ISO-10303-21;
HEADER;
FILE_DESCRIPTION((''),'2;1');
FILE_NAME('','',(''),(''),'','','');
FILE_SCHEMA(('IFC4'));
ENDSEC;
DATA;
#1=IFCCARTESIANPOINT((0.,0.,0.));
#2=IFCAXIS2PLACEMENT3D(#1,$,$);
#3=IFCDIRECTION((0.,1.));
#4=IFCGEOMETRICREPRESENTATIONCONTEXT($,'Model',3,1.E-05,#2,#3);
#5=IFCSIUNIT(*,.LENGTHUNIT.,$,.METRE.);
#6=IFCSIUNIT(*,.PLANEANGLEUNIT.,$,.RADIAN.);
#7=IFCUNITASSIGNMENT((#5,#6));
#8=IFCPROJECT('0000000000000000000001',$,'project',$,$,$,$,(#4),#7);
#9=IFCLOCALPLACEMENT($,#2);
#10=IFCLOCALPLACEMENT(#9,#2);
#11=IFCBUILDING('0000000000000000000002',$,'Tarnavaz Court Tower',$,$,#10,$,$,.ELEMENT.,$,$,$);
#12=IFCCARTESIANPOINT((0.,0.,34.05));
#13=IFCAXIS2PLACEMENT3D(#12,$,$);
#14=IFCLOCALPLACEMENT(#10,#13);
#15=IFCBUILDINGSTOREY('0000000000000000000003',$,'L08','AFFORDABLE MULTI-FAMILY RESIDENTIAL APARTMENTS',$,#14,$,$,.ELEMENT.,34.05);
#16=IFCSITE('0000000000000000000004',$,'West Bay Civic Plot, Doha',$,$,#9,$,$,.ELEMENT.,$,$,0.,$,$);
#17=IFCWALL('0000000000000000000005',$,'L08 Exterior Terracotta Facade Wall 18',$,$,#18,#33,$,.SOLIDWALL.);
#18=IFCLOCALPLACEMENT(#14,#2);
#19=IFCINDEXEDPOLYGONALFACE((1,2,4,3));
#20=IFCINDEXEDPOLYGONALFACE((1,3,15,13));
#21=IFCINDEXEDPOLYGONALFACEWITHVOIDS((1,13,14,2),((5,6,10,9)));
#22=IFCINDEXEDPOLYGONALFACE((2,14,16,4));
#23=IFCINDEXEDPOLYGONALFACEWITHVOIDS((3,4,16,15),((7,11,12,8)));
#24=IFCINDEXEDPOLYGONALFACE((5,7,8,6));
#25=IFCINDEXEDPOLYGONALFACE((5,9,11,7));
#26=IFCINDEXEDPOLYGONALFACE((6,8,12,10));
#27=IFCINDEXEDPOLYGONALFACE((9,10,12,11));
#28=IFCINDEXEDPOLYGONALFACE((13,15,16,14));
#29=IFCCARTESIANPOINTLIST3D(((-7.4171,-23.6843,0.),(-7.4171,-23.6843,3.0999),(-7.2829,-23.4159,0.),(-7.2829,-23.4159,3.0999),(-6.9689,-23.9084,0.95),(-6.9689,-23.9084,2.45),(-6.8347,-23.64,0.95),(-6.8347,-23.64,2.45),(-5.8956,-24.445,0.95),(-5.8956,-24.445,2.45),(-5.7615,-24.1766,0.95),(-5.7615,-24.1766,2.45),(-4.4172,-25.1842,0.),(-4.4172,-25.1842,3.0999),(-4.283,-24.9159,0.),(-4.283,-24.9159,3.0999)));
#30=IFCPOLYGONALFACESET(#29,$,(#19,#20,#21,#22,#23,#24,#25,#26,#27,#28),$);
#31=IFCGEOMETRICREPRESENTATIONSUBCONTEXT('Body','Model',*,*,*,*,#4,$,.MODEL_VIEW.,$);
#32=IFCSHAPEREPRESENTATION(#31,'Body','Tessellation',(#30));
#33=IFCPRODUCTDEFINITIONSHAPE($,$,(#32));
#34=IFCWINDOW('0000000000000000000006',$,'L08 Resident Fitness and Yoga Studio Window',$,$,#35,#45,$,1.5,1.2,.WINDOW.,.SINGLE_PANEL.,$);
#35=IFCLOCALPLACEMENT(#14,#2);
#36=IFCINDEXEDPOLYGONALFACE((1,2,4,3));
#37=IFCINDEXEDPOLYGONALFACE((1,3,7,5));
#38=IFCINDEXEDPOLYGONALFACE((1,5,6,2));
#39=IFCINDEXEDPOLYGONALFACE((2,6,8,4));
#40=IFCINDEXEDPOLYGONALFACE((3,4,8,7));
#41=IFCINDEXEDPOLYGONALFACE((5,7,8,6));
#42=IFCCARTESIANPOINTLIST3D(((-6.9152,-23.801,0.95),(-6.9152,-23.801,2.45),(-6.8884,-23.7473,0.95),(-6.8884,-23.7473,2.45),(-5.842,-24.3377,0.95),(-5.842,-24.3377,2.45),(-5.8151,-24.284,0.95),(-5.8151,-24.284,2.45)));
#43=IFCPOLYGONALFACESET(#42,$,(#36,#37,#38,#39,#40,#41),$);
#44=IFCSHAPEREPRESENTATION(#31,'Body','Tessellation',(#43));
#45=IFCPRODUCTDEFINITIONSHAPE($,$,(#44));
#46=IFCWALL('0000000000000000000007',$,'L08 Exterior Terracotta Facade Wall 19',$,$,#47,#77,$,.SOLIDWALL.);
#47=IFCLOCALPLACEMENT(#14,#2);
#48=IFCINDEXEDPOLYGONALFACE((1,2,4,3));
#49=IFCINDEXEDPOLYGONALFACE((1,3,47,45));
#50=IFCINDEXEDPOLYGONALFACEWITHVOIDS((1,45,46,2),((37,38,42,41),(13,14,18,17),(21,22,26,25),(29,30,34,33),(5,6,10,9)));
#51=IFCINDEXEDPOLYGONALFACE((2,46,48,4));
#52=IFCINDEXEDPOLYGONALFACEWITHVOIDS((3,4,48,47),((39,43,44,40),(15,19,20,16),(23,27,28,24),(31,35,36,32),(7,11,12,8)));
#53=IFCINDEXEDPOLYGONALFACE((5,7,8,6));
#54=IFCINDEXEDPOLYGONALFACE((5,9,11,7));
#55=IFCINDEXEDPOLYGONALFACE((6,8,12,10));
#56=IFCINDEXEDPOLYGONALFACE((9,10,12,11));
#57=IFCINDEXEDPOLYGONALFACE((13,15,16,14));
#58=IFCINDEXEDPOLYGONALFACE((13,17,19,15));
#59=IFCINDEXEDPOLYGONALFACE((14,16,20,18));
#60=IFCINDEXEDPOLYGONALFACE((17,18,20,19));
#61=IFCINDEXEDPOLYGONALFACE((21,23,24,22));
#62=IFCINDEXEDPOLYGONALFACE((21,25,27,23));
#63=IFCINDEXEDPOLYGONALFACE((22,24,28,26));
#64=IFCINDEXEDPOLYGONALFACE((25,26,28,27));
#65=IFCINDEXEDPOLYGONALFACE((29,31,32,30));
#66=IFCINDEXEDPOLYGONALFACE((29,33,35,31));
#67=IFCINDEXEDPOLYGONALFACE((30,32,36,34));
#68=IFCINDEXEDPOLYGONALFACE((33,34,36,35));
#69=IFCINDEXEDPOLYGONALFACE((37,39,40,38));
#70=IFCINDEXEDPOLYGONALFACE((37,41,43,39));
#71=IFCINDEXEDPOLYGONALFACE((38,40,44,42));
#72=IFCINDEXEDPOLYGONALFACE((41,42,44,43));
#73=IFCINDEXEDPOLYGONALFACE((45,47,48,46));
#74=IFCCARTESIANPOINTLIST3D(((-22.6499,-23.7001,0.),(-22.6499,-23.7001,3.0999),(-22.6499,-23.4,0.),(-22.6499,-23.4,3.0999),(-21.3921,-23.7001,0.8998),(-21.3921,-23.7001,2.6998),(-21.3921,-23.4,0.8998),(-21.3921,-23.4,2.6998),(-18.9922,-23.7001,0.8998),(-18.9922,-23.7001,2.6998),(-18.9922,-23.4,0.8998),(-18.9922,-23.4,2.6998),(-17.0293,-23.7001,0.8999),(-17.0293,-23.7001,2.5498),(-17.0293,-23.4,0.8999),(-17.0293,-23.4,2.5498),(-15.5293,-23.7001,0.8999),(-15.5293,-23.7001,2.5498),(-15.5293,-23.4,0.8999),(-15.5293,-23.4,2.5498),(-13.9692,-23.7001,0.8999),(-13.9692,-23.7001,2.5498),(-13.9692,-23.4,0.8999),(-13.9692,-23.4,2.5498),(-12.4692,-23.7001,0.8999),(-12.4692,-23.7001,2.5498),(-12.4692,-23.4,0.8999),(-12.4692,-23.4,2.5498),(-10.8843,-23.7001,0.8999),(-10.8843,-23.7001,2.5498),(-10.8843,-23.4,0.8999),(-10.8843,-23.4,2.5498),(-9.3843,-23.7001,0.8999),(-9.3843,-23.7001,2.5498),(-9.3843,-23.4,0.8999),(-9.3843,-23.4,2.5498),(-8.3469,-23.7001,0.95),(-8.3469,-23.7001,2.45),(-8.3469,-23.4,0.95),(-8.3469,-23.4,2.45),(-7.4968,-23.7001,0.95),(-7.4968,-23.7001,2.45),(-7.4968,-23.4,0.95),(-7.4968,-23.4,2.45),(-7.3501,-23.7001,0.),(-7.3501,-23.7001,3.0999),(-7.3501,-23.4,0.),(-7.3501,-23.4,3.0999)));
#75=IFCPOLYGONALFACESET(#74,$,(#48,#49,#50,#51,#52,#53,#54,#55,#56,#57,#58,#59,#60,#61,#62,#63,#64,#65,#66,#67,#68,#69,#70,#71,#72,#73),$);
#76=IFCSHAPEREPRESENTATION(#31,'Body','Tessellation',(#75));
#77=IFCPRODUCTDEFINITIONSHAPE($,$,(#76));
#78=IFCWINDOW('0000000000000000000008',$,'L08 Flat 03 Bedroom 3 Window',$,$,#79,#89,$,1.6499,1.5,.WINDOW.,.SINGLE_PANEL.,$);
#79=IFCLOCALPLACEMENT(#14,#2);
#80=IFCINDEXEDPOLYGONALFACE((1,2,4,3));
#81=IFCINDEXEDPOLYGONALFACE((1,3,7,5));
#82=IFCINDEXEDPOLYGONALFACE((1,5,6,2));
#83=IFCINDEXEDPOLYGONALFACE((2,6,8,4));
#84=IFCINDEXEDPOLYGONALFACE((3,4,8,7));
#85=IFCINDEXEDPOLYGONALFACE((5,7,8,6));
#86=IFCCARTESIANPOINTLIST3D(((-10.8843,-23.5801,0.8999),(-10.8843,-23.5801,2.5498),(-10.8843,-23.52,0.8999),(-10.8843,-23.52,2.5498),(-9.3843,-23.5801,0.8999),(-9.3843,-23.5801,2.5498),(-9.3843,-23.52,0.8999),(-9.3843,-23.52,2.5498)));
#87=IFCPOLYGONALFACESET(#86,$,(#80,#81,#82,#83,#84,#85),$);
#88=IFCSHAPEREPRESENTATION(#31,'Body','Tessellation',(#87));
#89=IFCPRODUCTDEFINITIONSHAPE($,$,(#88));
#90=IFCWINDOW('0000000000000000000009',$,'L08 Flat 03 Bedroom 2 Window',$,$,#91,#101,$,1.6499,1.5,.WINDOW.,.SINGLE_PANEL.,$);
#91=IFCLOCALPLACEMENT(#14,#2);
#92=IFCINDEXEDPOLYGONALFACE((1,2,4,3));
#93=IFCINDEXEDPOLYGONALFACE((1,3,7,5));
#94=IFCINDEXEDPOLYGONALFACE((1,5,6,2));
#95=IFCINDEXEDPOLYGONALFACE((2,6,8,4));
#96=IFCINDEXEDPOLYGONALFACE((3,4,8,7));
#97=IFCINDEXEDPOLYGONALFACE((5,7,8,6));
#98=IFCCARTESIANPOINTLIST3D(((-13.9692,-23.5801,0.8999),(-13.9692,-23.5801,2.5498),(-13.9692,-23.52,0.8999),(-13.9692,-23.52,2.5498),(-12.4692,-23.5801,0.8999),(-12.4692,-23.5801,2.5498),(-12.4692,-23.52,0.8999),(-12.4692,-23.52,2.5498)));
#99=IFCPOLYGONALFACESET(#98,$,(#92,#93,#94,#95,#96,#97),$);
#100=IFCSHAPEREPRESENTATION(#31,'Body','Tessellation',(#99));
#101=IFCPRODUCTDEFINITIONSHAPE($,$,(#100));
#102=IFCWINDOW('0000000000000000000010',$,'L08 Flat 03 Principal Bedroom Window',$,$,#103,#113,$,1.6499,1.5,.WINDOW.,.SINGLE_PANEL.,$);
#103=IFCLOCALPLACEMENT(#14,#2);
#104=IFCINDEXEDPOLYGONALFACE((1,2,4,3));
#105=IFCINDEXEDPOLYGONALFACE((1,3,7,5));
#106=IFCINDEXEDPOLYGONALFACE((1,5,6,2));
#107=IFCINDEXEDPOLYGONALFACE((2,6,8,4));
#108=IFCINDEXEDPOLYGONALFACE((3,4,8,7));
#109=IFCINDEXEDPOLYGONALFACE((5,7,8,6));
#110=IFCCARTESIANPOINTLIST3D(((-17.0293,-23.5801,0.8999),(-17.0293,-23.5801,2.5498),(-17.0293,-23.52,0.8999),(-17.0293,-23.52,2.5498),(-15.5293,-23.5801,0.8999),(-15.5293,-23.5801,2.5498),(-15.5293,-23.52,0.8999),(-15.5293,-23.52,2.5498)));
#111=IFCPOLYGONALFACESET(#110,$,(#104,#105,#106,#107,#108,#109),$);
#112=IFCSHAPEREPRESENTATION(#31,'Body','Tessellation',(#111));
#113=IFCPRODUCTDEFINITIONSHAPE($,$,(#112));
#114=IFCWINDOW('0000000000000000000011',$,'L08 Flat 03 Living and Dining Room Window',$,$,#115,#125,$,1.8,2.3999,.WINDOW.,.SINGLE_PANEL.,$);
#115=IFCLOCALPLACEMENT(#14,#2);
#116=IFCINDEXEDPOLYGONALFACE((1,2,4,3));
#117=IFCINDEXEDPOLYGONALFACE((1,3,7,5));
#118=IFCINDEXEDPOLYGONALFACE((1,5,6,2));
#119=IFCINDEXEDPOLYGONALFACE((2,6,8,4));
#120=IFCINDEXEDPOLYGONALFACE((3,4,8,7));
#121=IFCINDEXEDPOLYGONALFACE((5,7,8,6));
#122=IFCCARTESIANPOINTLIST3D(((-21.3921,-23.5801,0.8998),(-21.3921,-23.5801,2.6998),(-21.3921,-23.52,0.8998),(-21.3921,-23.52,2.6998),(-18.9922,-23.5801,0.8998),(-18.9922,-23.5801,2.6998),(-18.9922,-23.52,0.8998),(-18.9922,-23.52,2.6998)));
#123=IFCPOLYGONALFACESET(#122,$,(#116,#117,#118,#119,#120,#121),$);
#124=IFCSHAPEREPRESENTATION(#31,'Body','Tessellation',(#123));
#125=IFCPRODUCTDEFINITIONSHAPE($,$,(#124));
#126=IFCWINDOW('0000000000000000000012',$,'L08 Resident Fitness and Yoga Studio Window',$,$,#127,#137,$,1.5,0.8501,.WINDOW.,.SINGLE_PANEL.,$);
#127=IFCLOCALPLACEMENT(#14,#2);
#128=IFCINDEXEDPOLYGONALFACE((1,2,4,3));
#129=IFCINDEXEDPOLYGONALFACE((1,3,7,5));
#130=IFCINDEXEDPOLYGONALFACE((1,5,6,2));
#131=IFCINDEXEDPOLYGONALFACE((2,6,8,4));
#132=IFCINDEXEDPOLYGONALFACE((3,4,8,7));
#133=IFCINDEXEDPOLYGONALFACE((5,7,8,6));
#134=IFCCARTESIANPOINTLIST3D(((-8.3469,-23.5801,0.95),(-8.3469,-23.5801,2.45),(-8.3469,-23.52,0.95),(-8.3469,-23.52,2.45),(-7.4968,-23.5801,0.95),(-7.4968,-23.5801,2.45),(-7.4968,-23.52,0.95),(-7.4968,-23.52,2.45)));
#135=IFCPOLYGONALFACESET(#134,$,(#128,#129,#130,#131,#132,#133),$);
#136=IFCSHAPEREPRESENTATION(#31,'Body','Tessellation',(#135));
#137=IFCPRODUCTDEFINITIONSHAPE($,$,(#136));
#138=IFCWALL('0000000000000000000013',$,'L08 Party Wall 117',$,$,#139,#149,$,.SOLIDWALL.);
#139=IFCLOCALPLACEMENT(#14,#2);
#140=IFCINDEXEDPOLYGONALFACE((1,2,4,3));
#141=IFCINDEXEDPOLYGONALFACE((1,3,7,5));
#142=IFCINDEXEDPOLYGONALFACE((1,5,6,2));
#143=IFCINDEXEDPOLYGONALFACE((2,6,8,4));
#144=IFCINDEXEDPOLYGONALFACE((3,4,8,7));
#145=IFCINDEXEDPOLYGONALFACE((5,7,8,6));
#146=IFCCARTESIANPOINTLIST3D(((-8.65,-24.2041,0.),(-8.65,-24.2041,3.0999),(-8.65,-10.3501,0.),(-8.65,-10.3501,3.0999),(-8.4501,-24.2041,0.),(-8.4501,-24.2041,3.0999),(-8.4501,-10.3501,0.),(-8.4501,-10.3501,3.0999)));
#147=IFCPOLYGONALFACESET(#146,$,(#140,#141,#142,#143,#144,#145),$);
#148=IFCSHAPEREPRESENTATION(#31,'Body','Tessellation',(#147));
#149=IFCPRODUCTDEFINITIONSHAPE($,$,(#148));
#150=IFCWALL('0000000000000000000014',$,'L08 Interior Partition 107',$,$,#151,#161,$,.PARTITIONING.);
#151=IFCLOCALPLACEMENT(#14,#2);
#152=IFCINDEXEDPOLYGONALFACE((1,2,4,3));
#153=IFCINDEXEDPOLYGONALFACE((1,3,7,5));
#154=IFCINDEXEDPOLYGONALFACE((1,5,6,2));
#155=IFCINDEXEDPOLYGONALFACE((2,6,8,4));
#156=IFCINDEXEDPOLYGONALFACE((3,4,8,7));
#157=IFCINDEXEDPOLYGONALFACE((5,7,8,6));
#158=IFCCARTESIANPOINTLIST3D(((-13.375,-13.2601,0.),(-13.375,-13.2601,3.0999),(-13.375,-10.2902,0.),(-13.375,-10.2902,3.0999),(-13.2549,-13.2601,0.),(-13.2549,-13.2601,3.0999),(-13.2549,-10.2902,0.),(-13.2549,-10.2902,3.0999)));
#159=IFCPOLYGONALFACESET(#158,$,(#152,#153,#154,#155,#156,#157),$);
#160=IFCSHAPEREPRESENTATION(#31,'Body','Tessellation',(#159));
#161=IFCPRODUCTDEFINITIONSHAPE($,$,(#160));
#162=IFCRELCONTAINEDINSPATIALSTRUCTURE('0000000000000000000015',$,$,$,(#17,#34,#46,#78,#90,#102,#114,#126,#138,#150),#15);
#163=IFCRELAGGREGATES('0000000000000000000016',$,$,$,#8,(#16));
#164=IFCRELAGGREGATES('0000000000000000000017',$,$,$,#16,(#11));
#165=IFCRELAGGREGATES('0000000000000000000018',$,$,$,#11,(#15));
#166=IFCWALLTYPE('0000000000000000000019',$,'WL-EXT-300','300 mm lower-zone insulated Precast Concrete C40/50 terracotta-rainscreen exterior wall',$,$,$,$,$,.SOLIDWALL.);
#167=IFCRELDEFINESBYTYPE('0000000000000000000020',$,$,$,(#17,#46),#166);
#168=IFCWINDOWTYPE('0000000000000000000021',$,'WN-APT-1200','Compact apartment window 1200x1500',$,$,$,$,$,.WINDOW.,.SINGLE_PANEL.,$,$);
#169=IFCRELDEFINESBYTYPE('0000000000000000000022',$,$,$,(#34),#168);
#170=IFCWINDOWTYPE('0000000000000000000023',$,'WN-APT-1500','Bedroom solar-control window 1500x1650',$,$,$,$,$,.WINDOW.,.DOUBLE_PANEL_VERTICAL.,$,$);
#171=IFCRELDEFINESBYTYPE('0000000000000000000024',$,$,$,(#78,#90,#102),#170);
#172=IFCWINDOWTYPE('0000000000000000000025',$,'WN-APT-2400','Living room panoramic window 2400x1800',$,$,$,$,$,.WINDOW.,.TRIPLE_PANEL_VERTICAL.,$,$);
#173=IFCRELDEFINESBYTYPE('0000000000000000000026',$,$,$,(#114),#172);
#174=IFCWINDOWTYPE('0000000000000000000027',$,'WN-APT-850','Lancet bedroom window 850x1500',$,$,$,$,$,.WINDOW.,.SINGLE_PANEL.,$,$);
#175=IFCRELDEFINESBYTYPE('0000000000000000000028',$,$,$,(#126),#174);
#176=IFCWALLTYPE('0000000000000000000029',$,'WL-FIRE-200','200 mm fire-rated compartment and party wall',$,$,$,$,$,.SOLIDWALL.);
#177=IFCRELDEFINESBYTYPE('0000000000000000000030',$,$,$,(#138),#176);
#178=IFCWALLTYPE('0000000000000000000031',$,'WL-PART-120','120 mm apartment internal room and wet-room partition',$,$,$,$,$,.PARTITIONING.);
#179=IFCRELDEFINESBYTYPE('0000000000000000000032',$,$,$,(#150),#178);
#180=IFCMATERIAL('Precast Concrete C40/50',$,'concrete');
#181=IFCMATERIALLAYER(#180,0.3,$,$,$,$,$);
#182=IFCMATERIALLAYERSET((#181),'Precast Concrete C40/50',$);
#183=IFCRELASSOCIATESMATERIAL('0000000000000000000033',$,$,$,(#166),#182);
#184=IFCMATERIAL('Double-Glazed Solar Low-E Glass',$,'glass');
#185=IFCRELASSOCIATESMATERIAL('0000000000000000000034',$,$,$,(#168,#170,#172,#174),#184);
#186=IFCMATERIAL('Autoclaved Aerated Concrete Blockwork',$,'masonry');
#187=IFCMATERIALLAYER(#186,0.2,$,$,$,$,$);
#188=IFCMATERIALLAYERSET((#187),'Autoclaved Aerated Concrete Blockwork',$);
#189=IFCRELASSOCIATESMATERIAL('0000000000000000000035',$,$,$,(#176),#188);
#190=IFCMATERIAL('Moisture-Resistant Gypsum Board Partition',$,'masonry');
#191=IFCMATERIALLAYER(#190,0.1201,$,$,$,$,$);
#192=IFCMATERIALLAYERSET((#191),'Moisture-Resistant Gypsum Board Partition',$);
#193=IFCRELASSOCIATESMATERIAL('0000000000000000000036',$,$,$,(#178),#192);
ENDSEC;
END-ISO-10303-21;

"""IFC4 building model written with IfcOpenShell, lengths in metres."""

from ifc_helpers import new_model, si_unit, direction, frame, frame_2d, origin, place, context, subcontext, project, spatial, rectangle, extrude, material, layer, layer_set, type_object, element, fill, save


model = new_model("IFC4")

# Units and contexts
model_context = context("Model", 3, precision=1e-05, world=origin(), true_north=direction((0.0, 1.0)))
body_context = subcontext(model_context, "Body", "Model", "MODEL_VIEW")
ifc_project = project(units=[si_unit("LENGTHUNIT", "METRE"), si_unit("PLANEANGLEUNIT", "RADIAN")], contexts=[model_context])

# Site, building, storey
site_placement = place(None, origin())
site = spatial("IfcSite", under=ifc_project, at=site_placement, Name="West Bay Civic Plot, Doha", CompositionType="ELEMENT", RefElevation=0.0)
building_placement = place(site_placement, origin())
building = spatial("IfcBuilding", under=site, at=building_placement, Name="Tarnavaz Court Tower", CompositionType="ELEMENT")
storey_placement = place(building_placement, frame((0.0, 0.0, 34.05)))
storey = spatial("IfcBuildingStorey", under=building, at=storey_placement, Name="L08", Description="AFFORDABLE MULTI-FAMILY RESIDENTIAL APARTMENTS", CompositionType="ELEMENT", Elevation=34.05)

# Shared definitions
ifc_material_1 = material(Name="Double-Glazed Solar Low-E Glass", Category="glass")

# Wall, opening, window
ifc_material_2 = material(Name="Precast Concrete C40/50", Category="concrete")
ifc_layer_1 = layer(ifc_material_2, 0.3)
ifc_layer_set_1 = layer_set([ifc_layer_1], Name="Precast Concrete C40/50")
wall_type_1 = type_object("IfcWallType", Name="WL-EXT-300", Description="300 mm lower-zone insulated Precast Concrete C40/50 terracotta-rainscreen exterior wall", PredefinedType="SOLIDWALL", material=ifc_layer_set_1)
wall_1_placement = place(storey_placement, frame((-4.3501, -25.05, 0.0), z_axis=(0.0, 0.0, 1.0), x_axis=(-0.894427, 0.447214, 0.0)))
wall_1 = element("IfcWall", 1, at=wall_1_placement, inside=storey, type_object=wall_type_1, Name="L08 Exterior Terracotta Facade Wall 18", PredefinedType="SOLIDWALL", context=body_context, shape_type="SweptSolid", body=[
    extrude(rectangle(XDim=3.354, YDim=0.3, at=frame_2d((1.677, 0.0))), origin(), (0.0, 0.0, 1.0), 3.0999),
])
opening_1_placement = place(wall_1_placement, frame((1.6528, 0.0, 0.95)))
opening_1 = element("IfcOpeningElement", 2, at=opening_1_placement, cuts=wall_1, PredefinedType="OPENING", context=body_context, shape_type="SweptSolid", body=[
    extrude(rectangle(XDim=1.2, YDim=1.5, at=frame_2d((0.6001, 0.75))), frame((0.0, 0.1599, 0.0), z_axis=(0.0, -1.0, 0.0), x_axis=(1.0, 0.0, 0.0)), (0.0, 0.0, 1.0), 0.3201),
])
window_type_1 = type_object("IfcWindowType", Name="WN-APT-1200", Description="Compact apartment window 1200x1500", PartitioningType="SINGLE_PANEL", PredefinedType="WINDOW", material=ifc_material_1)
window_1_placement = place(opening_1_placement, origin())
window_1 = element("IfcWindow", 3, at=window_1_placement, inside=storey, type_object=window_type_1, Name="L08 Resident Fitness and Yoga Studio Window", OverallHeight=1.5, OverallWidth=1.2, PartitioningType="SINGLE_PANEL", PredefinedType="WINDOW", context=body_context, shape_type="SweptSolid", body=[
    extrude(rectangle(XDim=1.2, YDim=1.5, at=frame_2d((0.6001, 0.75))), frame((0.0, 0.03, 0.0), z_axis=(0.0, -1.0, 0.0), x_axis=(1.0, 0.0, 0.0)), (0.0, 0.0, 1.0), 0.0601),
])
fill(opening_1, window_1)

# Wall, openings, windows
wall_2_placement = place(storey_placement, frame((-7.3501, -23.55, 0.0), z_axis=(0.0, 0.0, 1.0), x_axis=(-1.0, 0.0, 0.0)))
wall_2 = element("IfcWall", 4, at=wall_2_placement, inside=storey, type_object=wall_type_1, Name="L08 Exterior Terracotta Facade Wall 19", PredefinedType="SOLIDWALL", context=body_context, shape_type="SweptSolid", body=[
    extrude(rectangle(XDim=15.2998, YDim=0.3, at=frame_2d((7.6499, 0.0))), origin(), (0.0, 0.0, 1.0), 3.0999),
])
opening_2_placement = place(wall_2_placement, frame((0.1467, 0.0, 0.95)))
opening_2 = element("IfcOpeningElement", 5, at=opening_2_placement, cuts=wall_2, PredefinedType="OPENING", context=body_context, shape_type="SweptSolid", body=[
    extrude(rectangle(XDim=0.8501, YDim=1.5, at=frame_2d((0.425, 0.75))), frame((0.0, 0.1599, 0.0), z_axis=(0.0, -1.0, 0.0), x_axis=(1.0, 0.0, 0.0)), (0.0, 0.0, 1.0), 0.3201),
])
opening_3_placement = place(wall_2_placement, frame((2.0342, 0.0, 0.8999)))
opening_3 = element("IfcOpeningElement", 6, at=opening_3_placement, cuts=wall_2, PredefinedType="OPENING", context=body_context, shape_type="SweptSolid", body=[
    extrude(rectangle(XDim=1.5, YDim=1.6499, at=frame_2d((0.75, 0.825))), frame((0.0, 0.1599, 0.0), z_axis=(0.0, -1.0, 0.0), x_axis=(1.0, 0.0, 0.0)), (0.0, 0.0, 1.0), 0.3201),
])
opening_4_placement = place(wall_2_placement, frame((5.1191, 0.0, 0.8999)))
opening_4 = element("IfcOpeningElement", 7, at=opening_4_placement, cuts=wall_2, PredefinedType="OPENING", context=body_context, shape_type="SweptSolid", body=[
    extrude(rectangle(XDim=1.5, YDim=1.6499, at=frame_2d((0.75, 0.825))), frame((0.0, 0.1599, 0.0), z_axis=(0.0, -1.0, 0.0), x_axis=(1.0, 0.0, 0.0)), (0.0, 0.0, 1.0), 0.3201),
])
opening_5_placement = place(wall_2_placement, frame((8.1792, 0.0, 0.8999)))
opening_5 = element("IfcOpeningElement", 8, at=opening_5_placement, cuts=wall_2, PredefinedType="OPENING", context=body_context, shape_type="SweptSolid", body=[
    extrude(rectangle(XDim=1.5, YDim=1.6499, at=frame_2d((0.75, 0.825))), frame((0.0, 0.1599, 0.0), z_axis=(0.0, -1.0, 0.0), x_axis=(1.0, 0.0, 0.0)), (0.0, 0.0, 1.0), 0.3201),
])
opening_6_placement = place(wall_2_placement, frame((11.6421, 0.0, 0.8999)))
opening_6 = element("IfcOpeningElement", 9, at=opening_6_placement, cuts=wall_2, PredefinedType="OPENING", context=body_context, shape_type="SweptSolid", body=[
    extrude(rectangle(XDim=2.3999, YDim=1.8, at=frame_2d((1.2, 0.8999))), frame((0.0, 0.1599, 0.0), z_axis=(0.0, -1.0, 0.0), x_axis=(1.0, 0.0, 0.0)), (0.0, 0.0, 1.0), 0.3201),
])
window_type_2 = type_object("IfcWindowType", Name="WN-APT-1500", Description="Bedroom solar-control window 1500x1650", PartitioningType="DOUBLE_PANEL_VERTICAL", PredefinedType="WINDOW", material=ifc_material_1)
window_2_placement = place(opening_3_placement, origin())
window_2 = element("IfcWindow", 10, at=window_2_placement, inside=storey, type_object=window_type_2, Name="L08 Flat 03 Bedroom 3 Window", OverallHeight=1.6499, OverallWidth=1.5, PartitioningType="SINGLE_PANEL", PredefinedType="WINDOW", context=body_context, shape_type="SweptSolid", body=[
    extrude(rectangle(XDim=1.5, YDim=1.6499, at=frame_2d((0.75, 0.825))), frame((0.0, 0.03, 0.0), z_axis=(0.0, -1.0, 0.0), x_axis=(1.0, 0.0, 0.0)), (0.0, 0.0, 1.0), 0.0601),
])
fill(opening_3, window_2)
window_3_placement = place(opening_4_placement, origin())
window_3 = element("IfcWindow", 11, at=window_3_placement, inside=storey, type_object=window_type_2, Name="L08 Flat 03 Bedroom 2 Window", OverallHeight=1.6499, OverallWidth=1.5, PartitioningType="SINGLE_PANEL", PredefinedType="WINDOW", context=body_context, shape_type="SweptSolid", body=[
    extrude(rectangle(XDim=1.5, YDim=1.6499, at=frame_2d((0.75, 0.825))), frame((0.0, 0.03, 0.0), z_axis=(0.0, -1.0, 0.0), x_axis=(1.0, 0.0, 0.0)), (0.0, 0.0, 1.0), 0.0601),
])
fill(opening_4, window_3)
window_4_placement = place(opening_5_placement, origin())
window_4 = element("IfcWindow", 12, at=window_4_placement, inside=storey, type_object=window_type_2, Name="L08 Flat 03 Principal Bedroom Window", OverallHeight=1.6499, OverallWidth=1.5, PartitioningType="SINGLE_PANEL", PredefinedType="WINDOW", context=body_context, shape_type="SweptSolid", body=[
    extrude(rectangle(XDim=1.5, YDim=1.6499, at=frame_2d((0.75, 0.825))), frame((0.0, 0.03, 0.0), z_axis=(0.0, -1.0, 0.0), x_axis=(1.0, 0.0, 0.0)), (0.0, 0.0, 1.0), 0.0601),
])
fill(opening_5, window_4)
window_type_3 = type_object("IfcWindowType", Name="WN-APT-2400", Description="Living room panoramic window 2400x1800", PartitioningType="TRIPLE_PANEL_VERTICAL", PredefinedType="WINDOW", material=ifc_material_1)
window_5_placement = place(opening_6_placement, origin())
window_5 = element("IfcWindow", 13, at=window_5_placement, inside=storey, type_object=window_type_3, Name="L08 Flat 03 Living and Dining Room Window", OverallHeight=1.8, OverallWidth=2.3999, PartitioningType="SINGLE_PANEL", PredefinedType="WINDOW", context=body_context, shape_type="SweptSolid", body=[
    extrude(rectangle(XDim=2.3999, YDim=1.8, at=frame_2d((1.2, 0.8999))), frame((0.0, 0.03, 0.0), z_axis=(0.0, -1.0, 0.0), x_axis=(1.0, 0.0, 0.0)), (0.0, 0.0, 1.0), 0.0601),
])
fill(opening_6, window_5)
window_type_4 = type_object("IfcWindowType", Name="WN-APT-850", Description="Lancet bedroom window 850x1500", PartitioningType="SINGLE_PANEL", PredefinedType="WINDOW", material=ifc_material_1)
window_6_placement = place(opening_2_placement, origin())
window_6 = element("IfcWindow", 14, at=window_6_placement, inside=storey, type_object=window_type_4, Name="L08 Resident Fitness and Yoga Studio Window", OverallHeight=1.5, OverallWidth=0.8501, PartitioningType="SINGLE_PANEL", PredefinedType="WINDOW", context=body_context, shape_type="SweptSolid", body=[
    extrude(rectangle(XDim=0.8501, YDim=1.5, at=frame_2d((0.425, 0.75))), frame((0.0, 0.03, 0.0), z_axis=(0.0, -1.0, 0.0), x_axis=(1.0, 0.0, 0.0)), (0.0, 0.0, 1.0), 0.0601),
])
fill(opening_2, window_6)

# Walls
ifc_material_3 = material(Name="Autoclaved Aerated Concrete Blockwork", Category="masonry")
ifc_layer_2 = layer(ifc_material_3, 0.2)
ifc_layer_set_2 = layer_set([ifc_layer_2], Name="Autoclaved Aerated Concrete Blockwork")
wall_type_2 = type_object("IfcWallType", Name="WL-FIRE-200", Description="200 mm fire-rated compartment and party wall", PredefinedType="SOLIDWALL", material=ifc_layer_set_2)
wall_3_placement = place(storey_placement, frame((-8.55, -24.2041, 0.0), z_axis=(0.0, 0.0, 1.0), x_axis=(0.0, 1.0, 0.0)))
element("IfcWall", 15, at=wall_3_placement, inside=storey, type_object=wall_type_2, Name="L08 Party Wall 117", PredefinedType="SOLIDWALL", context=body_context, shape_type="SweptSolid", body=[
    extrude(rectangle(XDim=13.854, YDim=0.2, at=frame_2d((6.927, 0.0))), origin(), (0.0, 0.0, 1.0), 3.0999),
])
ifc_material_4 = material(Name="Moisture-Resistant Gypsum Board Partition", Category="masonry")
ifc_layer_3 = layer(ifc_material_4, 0.1201)
ifc_layer_set_3 = layer_set([ifc_layer_3], Name="Moisture-Resistant Gypsum Board Partition")
wall_type_3 = type_object("IfcWallType", Name="WL-PART-120", Description="120 mm apartment internal room and wet-room partition", PredefinedType="PARTITIONING", material=ifc_layer_set_3)
wall_4_placement = place(storey_placement, frame((-13.3149, -13.26, 0.0), z_axis=(0.0, 0.0, 1.0), x_axis=(0.0, 1.0, 0.0)))
element("IfcWall", 16, at=wall_4_placement, inside=storey, type_object=wall_type_3, Name="L08 Interior Partition 107", PredefinedType="PARTITIONING", context=body_context, shape_type="SweptSolid", body=[
    extrude(rectangle(XDim=2.97, YDim=0.1201, at=frame_2d((1.4849, 0.0))), origin(), (0.0, 0.0, 1.0), 3.0999),
])

save(model, "model.ifc")
